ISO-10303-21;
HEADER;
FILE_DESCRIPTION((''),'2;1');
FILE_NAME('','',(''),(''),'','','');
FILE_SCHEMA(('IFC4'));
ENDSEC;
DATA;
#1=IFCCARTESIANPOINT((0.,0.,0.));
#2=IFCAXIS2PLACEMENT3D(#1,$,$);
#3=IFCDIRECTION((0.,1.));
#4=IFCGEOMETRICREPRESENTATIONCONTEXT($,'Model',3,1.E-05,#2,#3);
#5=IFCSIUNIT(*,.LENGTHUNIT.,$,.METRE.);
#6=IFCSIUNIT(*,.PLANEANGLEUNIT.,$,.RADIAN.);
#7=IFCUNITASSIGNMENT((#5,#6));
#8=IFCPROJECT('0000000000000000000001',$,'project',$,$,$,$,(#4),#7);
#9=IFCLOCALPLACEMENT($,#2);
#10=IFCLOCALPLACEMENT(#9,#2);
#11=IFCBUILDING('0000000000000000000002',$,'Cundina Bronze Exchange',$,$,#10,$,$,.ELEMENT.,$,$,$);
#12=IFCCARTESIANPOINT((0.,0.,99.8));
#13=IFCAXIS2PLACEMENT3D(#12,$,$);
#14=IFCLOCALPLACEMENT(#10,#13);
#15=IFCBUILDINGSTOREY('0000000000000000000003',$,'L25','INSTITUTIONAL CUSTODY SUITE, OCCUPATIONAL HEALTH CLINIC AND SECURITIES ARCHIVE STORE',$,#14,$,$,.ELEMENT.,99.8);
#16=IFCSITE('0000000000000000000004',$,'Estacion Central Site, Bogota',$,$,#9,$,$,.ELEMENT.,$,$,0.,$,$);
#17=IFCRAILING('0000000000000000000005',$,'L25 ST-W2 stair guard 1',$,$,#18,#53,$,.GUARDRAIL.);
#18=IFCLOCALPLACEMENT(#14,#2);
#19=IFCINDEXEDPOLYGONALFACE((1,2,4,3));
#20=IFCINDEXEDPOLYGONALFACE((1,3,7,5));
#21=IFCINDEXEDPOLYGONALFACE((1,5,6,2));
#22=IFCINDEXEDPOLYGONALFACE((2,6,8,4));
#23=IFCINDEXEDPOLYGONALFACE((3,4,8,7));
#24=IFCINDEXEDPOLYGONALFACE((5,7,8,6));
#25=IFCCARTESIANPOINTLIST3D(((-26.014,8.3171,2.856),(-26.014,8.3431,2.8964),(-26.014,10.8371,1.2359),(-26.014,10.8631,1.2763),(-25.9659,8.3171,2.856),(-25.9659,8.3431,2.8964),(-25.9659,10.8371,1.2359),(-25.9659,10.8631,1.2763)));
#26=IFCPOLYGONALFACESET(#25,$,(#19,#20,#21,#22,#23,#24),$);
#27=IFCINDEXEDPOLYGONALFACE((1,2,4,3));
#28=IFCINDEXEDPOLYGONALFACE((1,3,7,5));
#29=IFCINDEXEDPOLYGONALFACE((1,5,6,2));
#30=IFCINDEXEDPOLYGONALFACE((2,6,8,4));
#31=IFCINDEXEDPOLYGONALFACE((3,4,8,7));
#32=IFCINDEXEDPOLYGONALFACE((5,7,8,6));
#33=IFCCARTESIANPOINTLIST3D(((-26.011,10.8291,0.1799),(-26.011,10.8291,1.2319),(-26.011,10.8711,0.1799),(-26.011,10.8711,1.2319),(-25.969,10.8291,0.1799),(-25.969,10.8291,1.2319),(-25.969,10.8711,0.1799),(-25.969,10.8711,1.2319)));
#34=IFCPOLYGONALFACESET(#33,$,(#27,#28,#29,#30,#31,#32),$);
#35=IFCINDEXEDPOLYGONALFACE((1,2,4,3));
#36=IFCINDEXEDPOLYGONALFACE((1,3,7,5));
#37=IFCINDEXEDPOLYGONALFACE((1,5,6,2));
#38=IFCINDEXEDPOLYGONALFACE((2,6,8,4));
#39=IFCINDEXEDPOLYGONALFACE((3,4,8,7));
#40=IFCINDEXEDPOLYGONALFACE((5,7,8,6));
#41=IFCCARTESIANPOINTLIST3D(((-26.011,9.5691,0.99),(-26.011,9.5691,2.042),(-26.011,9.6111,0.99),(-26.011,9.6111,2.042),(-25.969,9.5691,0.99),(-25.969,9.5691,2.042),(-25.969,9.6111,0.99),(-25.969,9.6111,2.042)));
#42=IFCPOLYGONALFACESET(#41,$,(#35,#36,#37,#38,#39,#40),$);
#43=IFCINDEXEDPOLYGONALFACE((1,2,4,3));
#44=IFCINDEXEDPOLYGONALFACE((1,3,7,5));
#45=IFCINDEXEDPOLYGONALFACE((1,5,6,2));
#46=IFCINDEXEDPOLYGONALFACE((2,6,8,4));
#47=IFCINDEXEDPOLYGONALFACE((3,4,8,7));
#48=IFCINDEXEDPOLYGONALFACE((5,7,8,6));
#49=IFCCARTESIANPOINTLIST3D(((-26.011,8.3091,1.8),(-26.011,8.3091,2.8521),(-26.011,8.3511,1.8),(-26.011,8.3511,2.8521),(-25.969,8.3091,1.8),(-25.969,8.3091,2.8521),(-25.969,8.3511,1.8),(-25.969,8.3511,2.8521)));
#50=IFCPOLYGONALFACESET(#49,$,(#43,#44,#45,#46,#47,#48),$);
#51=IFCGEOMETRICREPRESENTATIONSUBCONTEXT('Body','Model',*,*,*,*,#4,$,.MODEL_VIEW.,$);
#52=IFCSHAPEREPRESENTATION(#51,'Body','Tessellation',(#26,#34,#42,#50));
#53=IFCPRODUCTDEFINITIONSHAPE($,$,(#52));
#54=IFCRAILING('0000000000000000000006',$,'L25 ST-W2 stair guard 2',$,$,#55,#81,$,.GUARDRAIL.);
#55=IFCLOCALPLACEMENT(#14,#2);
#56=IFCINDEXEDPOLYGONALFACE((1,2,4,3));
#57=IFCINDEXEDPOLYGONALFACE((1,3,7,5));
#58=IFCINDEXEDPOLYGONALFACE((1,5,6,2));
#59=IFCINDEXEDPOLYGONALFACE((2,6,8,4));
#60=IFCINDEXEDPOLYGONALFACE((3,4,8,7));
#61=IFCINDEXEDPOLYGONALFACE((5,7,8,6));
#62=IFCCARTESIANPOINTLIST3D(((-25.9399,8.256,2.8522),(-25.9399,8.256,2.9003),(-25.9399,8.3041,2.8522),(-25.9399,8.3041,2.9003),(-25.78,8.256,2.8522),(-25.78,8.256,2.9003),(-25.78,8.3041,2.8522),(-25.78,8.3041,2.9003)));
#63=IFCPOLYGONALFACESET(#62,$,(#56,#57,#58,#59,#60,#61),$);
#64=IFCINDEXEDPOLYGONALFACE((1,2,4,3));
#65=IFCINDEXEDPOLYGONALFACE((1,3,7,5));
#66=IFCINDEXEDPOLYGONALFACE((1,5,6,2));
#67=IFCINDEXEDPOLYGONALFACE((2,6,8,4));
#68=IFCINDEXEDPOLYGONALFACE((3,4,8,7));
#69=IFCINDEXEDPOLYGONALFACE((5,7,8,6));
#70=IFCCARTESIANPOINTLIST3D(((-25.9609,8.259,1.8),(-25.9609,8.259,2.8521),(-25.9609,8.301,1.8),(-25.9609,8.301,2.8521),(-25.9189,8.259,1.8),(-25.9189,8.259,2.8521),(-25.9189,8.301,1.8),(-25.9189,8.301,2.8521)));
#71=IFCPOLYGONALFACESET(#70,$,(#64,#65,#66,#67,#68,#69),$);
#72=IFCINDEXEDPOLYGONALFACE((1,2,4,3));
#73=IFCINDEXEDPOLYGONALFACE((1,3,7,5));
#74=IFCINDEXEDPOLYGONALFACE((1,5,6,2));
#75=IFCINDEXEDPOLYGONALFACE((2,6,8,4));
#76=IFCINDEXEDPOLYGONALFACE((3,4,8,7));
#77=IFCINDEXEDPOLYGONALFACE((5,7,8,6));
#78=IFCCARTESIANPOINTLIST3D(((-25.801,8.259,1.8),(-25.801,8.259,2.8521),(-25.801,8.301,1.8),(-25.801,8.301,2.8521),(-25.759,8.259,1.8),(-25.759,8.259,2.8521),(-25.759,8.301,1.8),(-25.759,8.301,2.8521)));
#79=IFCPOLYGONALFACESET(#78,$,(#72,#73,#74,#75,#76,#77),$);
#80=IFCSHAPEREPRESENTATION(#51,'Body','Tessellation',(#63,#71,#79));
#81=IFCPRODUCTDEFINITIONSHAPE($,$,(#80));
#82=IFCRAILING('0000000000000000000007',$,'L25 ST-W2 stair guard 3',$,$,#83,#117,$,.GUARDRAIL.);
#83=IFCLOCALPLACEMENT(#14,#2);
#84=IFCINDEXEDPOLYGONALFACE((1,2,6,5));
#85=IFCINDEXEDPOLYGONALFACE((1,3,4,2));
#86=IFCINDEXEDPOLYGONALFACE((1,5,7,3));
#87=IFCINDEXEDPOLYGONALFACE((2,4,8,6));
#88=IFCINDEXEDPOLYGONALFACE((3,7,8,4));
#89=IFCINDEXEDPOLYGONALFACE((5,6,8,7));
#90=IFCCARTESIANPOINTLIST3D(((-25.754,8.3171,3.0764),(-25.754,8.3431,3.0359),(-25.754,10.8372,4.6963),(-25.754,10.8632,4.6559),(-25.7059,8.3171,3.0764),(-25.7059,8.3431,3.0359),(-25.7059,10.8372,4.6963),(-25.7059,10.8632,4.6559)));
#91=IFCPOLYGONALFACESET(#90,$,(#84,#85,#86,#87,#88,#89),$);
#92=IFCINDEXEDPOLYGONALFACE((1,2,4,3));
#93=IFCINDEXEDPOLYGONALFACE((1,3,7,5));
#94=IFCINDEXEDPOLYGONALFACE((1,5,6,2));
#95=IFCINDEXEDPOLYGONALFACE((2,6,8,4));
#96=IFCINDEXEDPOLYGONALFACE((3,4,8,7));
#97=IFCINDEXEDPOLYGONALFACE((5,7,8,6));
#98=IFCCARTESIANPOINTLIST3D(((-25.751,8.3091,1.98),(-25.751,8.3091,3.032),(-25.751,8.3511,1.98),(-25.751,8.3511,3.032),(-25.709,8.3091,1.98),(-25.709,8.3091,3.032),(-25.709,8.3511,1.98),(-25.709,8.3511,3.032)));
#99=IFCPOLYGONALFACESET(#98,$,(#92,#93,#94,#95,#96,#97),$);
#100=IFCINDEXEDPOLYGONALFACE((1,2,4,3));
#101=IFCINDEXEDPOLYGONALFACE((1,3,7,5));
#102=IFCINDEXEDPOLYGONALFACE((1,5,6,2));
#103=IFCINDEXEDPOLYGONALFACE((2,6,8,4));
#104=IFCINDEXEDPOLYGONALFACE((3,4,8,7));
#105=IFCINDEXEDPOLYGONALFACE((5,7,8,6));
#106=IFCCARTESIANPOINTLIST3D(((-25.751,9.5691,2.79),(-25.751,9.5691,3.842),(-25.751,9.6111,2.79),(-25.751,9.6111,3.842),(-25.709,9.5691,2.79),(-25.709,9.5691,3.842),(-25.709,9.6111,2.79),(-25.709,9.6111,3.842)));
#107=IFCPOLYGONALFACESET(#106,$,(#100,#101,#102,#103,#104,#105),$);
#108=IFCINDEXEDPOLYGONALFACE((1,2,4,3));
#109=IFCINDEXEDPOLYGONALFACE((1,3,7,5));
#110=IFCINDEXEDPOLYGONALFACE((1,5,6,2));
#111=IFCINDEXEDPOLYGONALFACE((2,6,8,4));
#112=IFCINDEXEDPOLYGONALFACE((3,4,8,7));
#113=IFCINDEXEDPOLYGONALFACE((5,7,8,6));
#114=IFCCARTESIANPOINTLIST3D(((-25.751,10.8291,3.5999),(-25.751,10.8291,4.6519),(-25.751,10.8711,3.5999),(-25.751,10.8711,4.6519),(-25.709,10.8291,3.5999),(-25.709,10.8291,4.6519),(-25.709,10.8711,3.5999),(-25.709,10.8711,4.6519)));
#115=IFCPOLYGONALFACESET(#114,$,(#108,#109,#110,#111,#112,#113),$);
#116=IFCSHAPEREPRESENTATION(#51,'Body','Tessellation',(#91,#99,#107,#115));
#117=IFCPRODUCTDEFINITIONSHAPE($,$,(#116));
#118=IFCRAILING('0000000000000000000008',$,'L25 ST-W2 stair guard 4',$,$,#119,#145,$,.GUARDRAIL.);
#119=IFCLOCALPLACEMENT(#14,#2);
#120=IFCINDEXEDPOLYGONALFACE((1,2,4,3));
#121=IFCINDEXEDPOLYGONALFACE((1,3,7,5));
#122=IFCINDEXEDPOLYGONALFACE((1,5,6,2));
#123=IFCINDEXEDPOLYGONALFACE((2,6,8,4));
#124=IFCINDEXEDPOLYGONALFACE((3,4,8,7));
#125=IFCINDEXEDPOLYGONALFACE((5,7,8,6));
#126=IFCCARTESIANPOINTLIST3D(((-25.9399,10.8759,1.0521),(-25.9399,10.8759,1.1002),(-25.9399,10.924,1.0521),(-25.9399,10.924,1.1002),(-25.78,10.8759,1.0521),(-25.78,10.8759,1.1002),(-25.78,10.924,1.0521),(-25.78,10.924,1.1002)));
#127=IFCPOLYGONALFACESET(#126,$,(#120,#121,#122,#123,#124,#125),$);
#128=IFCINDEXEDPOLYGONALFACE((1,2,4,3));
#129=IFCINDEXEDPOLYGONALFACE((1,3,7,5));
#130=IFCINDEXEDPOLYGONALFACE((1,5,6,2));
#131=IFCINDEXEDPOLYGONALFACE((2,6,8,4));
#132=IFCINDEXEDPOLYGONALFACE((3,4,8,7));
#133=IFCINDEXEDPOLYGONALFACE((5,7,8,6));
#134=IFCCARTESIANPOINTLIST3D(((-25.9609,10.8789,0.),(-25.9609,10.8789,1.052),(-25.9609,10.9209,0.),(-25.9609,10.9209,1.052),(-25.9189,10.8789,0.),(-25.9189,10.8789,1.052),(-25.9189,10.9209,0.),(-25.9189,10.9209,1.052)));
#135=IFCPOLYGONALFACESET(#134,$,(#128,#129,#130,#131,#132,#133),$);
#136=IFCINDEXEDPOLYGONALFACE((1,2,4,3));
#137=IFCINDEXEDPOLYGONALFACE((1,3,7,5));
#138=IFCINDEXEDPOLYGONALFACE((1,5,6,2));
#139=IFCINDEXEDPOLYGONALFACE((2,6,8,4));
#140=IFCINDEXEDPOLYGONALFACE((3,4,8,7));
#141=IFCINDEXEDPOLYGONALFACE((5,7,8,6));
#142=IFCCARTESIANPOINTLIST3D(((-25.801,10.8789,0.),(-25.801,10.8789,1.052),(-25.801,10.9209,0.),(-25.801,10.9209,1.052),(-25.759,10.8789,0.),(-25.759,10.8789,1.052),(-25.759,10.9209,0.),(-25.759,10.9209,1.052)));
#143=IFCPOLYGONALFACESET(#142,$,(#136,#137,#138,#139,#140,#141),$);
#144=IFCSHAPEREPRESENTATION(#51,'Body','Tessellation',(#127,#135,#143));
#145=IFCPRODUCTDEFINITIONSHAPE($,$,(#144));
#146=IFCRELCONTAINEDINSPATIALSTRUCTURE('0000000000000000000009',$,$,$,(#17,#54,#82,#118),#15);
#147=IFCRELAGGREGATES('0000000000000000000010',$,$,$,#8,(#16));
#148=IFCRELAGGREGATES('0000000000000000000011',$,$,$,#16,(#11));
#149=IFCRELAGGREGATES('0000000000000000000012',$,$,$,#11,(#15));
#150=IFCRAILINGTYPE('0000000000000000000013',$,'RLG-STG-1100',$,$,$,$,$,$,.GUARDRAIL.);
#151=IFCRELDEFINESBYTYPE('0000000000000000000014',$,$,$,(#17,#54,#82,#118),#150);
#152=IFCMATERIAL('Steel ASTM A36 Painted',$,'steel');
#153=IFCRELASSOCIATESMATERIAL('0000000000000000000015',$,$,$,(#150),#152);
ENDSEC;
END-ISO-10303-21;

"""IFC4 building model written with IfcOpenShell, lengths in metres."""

from ifc_helpers import new_model, si_unit, direction, frame, origin, origin_2d, place, context, subcontext, project, spatial, rectangle, extrude, material, type_object, element, save


model = new_model("IFC4")

# Units and contexts
model_context = context("Model", 3, precision=1e-05, world=origin(), true_north=direction((0.0, 1.0)))
body_context = subcontext(model_context, "Body", "Model", "MODEL_VIEW")
ifc_project = project(units=[si_unit("LENGTHUNIT", "METRE"), si_unit("PLANEANGLEUNIT", "RADIAN")], contexts=[model_context])

# Site, building, storey
site_placement = place(None, origin())
site = spatial("IfcSite", under=ifc_project, at=site_placement, Name="Estacion Central Site, Bogota", CompositionType="ELEMENT", RefElevation=0.0)
building_placement = place(site_placement, origin())
building = spatial("IfcBuilding", under=site, at=building_placement, Name="Cundina Bronze Exchange", CompositionType="ELEMENT")
storey_placement = place(building_placement, frame((0.0, 0.0, 99.8)))
storey = spatial("IfcBuildingStorey", under=building, at=storey_placement, Name="L25", Description="INSTITUTIONAL CUSTODY SUITE, OCCUPATIONAL HEALTH CLINIC AND SECURITIES ARCHIVE STORE", CompositionType="ELEMENT", Elevation=99.8)

# Shared definitions
ifc_material_1 = material(Name="Steel ASTM A36 Painted", Category="steel")

# Railings
railing_type_1 = type_object("IfcRailingType", Name="RLG-STG-1100", PredefinedType="GUARDRAIL", material=ifc_material_1)
railing_1_placement = place(storey_placement, frame((-25.99, 10.8501, 0.1799)))
element("IfcRailing", 1, at=railing_1_placement, inside=storey, type_object=railing_type_1, Name="L25 ST-W2 stair guard 1", PredefinedType="GUARDRAIL", context=body_context, shape_type="SweptSolid", body=[
    extrude(rectangle(XDim=0.0481, YDim=0.0481, at=origin_2d()), frame((0.0, 0.0, 1.0762), z_axis=(0.0, -0.841163, 0.540782), x_axis=(1.0, 0.0, 0.0)), (0.0, 0.0, 1.0), 2.9958),
    extrude(rectangle(XDim=0.042, YDim=0.042, at=origin_2d()), origin(), (0.0, 0.0, 1.0), 1.052),
    extrude(rectangle(XDim=0.042, YDim=0.042, at=origin_2d()), frame((0.0, -1.26, 0.8101)), (0.0, 0.0, 1.0), 1.052),
    extrude(rectangle(XDim=0.042, YDim=0.042, at=origin_2d()), frame((0.0, -2.52, 1.6201)), (0.0, 0.0, 1.0), 1.052),
])
railing_2_placement = place(storey_placement, frame((-25.9399, 8.28, 1.8)))
element("IfcRailing", 2, at=railing_2_placement, inside=storey, type_object=railing_type_1, Name="L25 ST-W2 stair guard 2", PredefinedType="GUARDRAIL", context=body_context, shape_type="SweptSolid", body=[
    extrude(rectangle(XDim=0.0481, YDim=0.0481, at=origin_2d()), frame((0.0, 0.0, 1.0762), z_axis=(1.0, 0.0, 0.0), x_axis=(0.0, 1.0, 0.0)), (0.0, 0.0, 1.0), 0.1599),
    extrude(rectangle(XDim=0.042, YDim=0.042, at=origin_2d()), origin(), (0.0, 0.0, 1.0), 1.052),
    extrude(rectangle(XDim=0.042, YDim=0.042, at=origin_2d()), frame((0.1599, 0.0, 0.0)), (0.0, 0.0, 1.0), 1.052),
])
railing_3_placement = place(storey_placement, frame((-25.73, 8.3301, 1.98)))
element("IfcRailing", 3, at=railing_3_placement, inside=storey, type_object=railing_type_1, Name="L25 ST-W2 stair guard 3", PredefinedType="GUARDRAIL", context=body_context, shape_type="SweptSolid", body=[
    extrude(rectangle(XDim=0.0481, YDim=0.0481, at=origin_2d()), frame((0.0, 0.0, 1.0762), z_axis=(0.0, 0.8412, 0.540725), x_axis=(-1.0, 0.0, 0.0)), (0.0, 0.0, 1.0), 2.9958),
    extrude(rectangle(XDim=0.042, YDim=0.042, at=origin_2d()), origin(), (0.0, 0.0, 1.0), 1.052),
    extrude(rectangle(XDim=0.042, YDim=0.042, at=origin_2d()), frame((0.0, 1.26, 0.8101)), (0.0, 0.0, 1.0), 1.052),
    extrude(rectangle(XDim=0.042, YDim=0.042, at=origin_2d()), frame((0.0, 2.52, 1.6199)), (0.0, 0.0, 1.0), 1.052),
])
railing_4_placement = place(storey_placement, frame((-25.9399, 10.8999, 0.0)))
element("IfcRailing", 4, at=railing_4_placement, inside=storey, type_object=railing_type_1, Name="L25 ST-W2 stair guard 4", PredefinedType="GUARDRAIL", context=body_context, shape_type="SweptSolid", body=[
    extrude(rectangle(XDim=0.0481, YDim=0.0481, at=origin_2d()), frame((0.0, 0.0, 1.0762), z_axis=(1.0, 0.0, 0.0), x_axis=(0.0, 1.0, 0.0)), (0.0, 0.0, 1.0), 0.1599),
    extrude(rectangle(XDim=0.042, YDim=0.042, at=origin_2d()), origin(), (0.0, 0.0, 1.0), 1.052),
    extrude(rectangle(XDim=0.042, YDim=0.042, at=origin_2d()), frame((0.1599, 0.0, 0.0)), (0.0, 0.0, 1.0), 1.052),
])

save(model, "model.ifc")
